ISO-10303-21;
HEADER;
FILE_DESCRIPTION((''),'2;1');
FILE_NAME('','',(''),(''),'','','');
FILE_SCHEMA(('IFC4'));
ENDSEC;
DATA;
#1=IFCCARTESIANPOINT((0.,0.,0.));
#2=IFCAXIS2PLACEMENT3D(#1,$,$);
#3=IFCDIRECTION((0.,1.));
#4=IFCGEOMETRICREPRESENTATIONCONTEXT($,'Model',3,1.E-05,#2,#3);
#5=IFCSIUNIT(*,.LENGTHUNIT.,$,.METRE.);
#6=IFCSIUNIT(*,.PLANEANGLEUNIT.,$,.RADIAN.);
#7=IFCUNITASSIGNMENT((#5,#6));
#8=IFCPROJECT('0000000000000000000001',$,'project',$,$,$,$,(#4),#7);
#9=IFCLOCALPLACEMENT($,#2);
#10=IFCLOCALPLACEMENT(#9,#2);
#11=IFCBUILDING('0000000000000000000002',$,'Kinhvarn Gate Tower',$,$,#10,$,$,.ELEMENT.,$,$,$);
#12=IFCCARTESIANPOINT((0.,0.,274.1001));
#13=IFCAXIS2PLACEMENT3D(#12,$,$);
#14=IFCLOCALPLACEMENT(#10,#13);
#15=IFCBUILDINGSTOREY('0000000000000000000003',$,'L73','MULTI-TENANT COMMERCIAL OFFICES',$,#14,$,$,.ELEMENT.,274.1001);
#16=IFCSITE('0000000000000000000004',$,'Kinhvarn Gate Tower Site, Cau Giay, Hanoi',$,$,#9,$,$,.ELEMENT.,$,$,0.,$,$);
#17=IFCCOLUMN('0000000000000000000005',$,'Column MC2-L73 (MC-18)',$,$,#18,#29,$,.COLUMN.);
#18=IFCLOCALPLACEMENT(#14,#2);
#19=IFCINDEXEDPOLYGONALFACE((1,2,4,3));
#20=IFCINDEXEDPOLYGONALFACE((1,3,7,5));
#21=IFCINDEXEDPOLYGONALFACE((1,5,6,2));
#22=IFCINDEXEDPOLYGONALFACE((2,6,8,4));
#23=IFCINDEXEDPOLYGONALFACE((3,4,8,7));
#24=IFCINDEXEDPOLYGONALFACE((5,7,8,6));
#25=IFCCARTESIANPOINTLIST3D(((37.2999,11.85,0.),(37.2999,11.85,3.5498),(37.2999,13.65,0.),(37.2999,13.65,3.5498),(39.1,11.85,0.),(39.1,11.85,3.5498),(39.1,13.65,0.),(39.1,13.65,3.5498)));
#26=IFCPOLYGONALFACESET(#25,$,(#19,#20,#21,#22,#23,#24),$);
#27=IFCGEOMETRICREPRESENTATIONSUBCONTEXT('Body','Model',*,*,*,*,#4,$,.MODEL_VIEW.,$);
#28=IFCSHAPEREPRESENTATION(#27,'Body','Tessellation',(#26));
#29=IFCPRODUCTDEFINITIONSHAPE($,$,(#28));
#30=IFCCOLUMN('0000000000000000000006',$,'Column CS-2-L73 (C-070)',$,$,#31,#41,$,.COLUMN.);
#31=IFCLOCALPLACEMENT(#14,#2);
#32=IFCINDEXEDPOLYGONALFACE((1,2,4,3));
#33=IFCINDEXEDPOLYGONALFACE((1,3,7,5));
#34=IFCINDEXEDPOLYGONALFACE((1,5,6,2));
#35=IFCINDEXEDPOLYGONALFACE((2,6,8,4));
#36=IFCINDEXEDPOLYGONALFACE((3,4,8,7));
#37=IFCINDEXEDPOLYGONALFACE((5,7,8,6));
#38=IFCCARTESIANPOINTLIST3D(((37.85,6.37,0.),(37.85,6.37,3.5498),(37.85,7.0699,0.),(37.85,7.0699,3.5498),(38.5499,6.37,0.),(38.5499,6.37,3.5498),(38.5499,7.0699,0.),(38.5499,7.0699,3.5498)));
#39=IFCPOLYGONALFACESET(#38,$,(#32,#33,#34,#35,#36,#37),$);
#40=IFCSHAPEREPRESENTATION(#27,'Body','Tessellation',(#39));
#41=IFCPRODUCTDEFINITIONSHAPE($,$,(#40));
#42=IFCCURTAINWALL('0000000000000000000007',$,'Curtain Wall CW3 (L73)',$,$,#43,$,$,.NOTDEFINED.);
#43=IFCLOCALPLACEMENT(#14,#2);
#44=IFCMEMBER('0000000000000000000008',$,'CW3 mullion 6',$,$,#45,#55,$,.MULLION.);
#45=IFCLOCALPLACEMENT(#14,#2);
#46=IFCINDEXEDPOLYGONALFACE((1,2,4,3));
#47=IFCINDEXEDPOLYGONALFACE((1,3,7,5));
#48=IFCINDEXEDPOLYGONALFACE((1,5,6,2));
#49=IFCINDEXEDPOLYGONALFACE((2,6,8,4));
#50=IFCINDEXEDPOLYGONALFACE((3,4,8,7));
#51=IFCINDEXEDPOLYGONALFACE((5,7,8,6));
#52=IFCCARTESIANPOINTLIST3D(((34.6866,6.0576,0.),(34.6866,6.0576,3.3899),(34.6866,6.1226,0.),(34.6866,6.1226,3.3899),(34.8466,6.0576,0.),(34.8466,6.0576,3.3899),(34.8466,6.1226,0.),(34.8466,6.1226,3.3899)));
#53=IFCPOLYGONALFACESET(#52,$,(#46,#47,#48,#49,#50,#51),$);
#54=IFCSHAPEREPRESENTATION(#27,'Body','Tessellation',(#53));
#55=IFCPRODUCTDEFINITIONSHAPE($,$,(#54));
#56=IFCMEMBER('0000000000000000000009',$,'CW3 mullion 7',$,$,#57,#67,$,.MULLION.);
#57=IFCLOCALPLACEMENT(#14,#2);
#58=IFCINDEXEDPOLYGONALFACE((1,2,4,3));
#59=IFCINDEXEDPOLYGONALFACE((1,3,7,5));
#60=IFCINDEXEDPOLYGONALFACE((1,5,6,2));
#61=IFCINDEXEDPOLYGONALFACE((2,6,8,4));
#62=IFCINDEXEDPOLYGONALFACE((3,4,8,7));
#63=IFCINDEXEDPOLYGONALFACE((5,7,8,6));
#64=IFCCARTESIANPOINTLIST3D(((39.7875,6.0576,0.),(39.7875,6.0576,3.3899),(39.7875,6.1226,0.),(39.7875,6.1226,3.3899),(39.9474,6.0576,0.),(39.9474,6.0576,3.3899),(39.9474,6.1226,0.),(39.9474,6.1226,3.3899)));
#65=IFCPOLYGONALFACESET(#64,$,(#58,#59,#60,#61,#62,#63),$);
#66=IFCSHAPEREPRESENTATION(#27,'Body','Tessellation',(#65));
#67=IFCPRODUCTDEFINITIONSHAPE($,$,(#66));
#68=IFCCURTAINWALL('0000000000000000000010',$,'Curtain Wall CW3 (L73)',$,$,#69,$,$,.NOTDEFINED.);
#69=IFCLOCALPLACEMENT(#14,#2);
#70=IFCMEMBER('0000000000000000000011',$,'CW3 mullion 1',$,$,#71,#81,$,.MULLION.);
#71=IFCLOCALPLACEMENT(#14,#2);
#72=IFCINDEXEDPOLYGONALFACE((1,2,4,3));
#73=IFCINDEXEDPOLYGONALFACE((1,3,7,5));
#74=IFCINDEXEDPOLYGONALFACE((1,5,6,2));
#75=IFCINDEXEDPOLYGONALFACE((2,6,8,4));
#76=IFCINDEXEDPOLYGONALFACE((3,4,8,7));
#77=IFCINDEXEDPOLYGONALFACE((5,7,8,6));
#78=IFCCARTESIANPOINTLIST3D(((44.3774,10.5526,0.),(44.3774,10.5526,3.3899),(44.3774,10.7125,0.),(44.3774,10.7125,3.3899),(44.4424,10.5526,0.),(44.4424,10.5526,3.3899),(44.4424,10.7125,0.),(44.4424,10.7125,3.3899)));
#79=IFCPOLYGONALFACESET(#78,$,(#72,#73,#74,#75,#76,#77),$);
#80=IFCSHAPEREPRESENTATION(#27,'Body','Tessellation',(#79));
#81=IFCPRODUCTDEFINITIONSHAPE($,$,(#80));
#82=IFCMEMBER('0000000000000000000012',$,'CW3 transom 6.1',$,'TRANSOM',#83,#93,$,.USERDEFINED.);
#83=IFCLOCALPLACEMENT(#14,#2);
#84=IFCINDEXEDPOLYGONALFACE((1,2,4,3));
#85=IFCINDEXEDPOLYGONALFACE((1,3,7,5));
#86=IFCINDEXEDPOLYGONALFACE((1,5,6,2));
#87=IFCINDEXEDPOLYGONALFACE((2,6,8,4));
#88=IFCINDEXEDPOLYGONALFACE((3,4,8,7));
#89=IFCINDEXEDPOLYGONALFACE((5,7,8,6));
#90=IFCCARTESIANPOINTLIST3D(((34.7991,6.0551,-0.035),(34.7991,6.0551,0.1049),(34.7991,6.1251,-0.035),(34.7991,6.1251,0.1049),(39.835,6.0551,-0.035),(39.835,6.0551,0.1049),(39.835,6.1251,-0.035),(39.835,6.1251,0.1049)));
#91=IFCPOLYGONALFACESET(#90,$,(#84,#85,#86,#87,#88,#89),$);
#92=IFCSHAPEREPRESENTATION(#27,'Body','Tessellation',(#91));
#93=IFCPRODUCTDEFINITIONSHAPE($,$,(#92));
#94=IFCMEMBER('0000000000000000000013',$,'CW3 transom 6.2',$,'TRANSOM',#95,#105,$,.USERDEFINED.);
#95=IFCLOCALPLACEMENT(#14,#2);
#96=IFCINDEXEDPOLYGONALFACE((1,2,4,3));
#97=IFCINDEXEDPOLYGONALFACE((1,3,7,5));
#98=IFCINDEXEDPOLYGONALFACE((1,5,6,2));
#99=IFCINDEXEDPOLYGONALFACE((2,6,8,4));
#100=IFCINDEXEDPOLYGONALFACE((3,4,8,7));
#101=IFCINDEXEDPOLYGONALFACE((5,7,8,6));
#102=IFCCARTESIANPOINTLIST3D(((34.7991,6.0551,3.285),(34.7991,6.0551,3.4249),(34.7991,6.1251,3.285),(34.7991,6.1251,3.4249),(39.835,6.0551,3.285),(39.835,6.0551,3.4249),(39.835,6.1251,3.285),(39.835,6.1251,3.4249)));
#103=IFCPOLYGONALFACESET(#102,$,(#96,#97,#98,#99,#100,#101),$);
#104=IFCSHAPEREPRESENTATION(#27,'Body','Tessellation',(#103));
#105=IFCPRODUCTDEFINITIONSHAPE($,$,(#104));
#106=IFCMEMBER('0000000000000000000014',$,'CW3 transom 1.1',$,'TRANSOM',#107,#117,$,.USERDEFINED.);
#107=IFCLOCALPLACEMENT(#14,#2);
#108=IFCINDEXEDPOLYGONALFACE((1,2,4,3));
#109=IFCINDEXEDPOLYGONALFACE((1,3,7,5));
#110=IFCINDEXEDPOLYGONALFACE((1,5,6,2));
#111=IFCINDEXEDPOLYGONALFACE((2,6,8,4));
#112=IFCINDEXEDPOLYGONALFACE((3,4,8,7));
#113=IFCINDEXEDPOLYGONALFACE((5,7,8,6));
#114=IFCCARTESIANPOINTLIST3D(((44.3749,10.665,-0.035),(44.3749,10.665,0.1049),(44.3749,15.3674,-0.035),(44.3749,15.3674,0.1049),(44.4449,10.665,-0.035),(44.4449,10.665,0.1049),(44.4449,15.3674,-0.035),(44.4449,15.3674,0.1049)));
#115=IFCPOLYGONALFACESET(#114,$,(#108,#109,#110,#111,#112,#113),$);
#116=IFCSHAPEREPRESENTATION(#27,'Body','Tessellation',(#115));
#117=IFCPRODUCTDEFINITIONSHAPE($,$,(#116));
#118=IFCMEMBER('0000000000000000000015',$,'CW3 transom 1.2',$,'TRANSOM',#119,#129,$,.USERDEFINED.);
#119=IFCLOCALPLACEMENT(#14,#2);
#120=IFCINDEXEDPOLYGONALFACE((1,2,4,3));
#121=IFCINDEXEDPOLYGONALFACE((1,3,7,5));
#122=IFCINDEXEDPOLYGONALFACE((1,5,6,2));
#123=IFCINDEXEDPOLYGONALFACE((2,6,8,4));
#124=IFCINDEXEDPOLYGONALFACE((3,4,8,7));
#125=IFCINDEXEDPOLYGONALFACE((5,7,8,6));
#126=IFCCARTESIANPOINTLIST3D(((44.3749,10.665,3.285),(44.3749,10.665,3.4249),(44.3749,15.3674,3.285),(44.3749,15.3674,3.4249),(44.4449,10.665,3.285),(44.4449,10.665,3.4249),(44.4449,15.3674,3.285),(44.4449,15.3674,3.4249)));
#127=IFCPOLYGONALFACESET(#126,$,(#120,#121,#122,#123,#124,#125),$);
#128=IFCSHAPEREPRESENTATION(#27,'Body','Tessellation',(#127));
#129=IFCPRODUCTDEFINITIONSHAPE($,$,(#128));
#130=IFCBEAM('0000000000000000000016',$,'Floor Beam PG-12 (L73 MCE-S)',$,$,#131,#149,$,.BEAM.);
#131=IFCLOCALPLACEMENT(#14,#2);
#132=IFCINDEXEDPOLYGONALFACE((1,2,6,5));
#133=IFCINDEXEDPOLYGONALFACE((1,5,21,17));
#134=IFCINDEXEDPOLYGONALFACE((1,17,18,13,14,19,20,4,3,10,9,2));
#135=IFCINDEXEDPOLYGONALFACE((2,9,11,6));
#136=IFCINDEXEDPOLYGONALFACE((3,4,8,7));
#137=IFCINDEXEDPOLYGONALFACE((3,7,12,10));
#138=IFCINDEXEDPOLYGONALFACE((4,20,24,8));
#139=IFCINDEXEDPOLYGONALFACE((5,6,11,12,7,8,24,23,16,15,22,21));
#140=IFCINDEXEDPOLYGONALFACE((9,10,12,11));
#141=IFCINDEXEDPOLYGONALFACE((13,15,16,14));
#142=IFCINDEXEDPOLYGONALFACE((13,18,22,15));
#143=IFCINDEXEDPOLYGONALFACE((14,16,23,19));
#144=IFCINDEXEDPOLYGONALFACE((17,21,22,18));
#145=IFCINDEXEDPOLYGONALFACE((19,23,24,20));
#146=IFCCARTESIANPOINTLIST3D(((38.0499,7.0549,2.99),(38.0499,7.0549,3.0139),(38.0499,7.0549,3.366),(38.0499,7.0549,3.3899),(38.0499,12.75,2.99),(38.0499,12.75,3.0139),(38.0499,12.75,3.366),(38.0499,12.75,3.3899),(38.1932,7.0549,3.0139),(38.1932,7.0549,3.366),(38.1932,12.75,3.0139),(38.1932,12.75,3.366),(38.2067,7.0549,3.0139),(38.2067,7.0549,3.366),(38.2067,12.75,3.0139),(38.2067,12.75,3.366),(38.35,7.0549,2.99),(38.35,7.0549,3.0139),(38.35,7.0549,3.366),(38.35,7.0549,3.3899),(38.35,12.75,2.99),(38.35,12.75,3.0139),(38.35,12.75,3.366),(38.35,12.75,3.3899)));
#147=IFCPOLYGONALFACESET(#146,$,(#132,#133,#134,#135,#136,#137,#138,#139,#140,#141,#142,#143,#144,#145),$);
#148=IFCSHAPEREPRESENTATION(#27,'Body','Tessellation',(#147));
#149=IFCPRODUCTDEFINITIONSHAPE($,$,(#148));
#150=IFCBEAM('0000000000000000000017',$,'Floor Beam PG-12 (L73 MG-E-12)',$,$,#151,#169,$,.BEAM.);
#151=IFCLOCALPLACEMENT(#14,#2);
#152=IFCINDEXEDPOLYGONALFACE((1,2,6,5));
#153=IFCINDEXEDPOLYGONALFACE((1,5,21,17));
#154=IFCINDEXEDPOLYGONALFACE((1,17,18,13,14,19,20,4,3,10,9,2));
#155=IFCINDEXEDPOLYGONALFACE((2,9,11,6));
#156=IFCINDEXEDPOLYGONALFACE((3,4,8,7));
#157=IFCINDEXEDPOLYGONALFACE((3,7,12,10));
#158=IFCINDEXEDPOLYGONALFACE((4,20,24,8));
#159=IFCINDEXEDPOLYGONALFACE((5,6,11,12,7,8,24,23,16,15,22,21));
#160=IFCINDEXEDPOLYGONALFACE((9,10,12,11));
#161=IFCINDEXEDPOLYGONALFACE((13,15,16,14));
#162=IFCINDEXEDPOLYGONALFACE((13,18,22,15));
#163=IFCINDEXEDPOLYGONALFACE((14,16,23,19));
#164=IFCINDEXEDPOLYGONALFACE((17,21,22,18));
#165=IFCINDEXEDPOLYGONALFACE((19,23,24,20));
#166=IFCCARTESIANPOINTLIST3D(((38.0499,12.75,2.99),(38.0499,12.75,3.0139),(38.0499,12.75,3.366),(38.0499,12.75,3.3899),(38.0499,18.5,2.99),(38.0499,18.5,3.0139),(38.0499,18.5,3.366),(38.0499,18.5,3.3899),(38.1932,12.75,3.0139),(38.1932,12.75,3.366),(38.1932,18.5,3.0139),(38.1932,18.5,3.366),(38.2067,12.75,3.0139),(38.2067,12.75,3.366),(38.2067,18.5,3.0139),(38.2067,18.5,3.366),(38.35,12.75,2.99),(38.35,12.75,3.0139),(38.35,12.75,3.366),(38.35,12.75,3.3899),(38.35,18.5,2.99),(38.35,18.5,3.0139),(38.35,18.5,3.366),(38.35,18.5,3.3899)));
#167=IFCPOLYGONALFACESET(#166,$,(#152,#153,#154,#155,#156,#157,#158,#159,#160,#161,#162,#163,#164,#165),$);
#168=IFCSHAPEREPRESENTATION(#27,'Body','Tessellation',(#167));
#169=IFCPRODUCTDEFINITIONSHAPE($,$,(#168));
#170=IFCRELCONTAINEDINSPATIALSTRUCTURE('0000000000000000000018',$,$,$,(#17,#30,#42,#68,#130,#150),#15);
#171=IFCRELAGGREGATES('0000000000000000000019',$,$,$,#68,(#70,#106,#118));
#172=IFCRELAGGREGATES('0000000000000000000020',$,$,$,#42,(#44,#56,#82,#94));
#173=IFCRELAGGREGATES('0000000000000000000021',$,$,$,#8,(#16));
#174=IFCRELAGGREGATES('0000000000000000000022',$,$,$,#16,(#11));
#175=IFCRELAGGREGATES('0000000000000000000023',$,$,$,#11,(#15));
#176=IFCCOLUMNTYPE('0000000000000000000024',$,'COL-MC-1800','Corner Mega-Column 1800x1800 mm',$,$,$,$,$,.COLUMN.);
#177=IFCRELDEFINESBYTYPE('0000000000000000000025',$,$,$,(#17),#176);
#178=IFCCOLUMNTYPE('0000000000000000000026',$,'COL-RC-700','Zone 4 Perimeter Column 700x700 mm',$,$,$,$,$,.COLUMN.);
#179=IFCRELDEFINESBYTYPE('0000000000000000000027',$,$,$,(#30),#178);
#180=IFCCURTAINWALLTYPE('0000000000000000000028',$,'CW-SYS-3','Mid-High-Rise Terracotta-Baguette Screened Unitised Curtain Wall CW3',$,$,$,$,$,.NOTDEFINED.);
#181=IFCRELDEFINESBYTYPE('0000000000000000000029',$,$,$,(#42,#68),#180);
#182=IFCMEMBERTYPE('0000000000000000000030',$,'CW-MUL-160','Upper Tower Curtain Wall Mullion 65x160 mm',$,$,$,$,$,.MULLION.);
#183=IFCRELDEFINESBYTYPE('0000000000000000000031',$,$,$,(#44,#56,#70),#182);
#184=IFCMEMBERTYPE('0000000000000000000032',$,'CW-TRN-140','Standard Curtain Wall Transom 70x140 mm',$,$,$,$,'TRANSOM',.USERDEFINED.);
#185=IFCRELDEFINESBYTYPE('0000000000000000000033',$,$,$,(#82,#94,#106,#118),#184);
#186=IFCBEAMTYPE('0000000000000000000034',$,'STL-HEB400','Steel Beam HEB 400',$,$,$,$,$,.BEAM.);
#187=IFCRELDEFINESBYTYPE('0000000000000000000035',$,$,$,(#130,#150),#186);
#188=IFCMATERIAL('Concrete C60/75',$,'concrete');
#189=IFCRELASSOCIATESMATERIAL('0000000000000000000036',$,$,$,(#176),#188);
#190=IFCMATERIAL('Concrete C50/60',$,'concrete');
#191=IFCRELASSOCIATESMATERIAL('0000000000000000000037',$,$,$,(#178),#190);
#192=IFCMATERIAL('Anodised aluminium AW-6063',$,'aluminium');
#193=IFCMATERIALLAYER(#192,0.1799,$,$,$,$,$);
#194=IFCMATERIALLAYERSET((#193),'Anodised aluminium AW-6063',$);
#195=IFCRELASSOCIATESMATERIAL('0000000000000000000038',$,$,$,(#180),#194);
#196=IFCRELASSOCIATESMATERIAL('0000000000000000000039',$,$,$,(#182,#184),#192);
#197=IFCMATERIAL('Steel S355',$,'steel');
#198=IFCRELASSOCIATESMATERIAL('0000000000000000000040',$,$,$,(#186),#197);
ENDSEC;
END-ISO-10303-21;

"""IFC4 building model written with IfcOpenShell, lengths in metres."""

from ifc_helpers import new_model, si_unit, direction, frame, origin, origin_2d, place, context, subcontext, project, spatial, rectangle, i_section, extrude, material, layer, layer_set, material_profile, profile_set, type_object, element, aggregate, save


model = new_model("IFC4")

# Units and contexts
model_context = context("Model", 3, precision=1e-05, world=origin(), true_north=direction((0.0, 1.0)))
body_context = subcontext(model_context, "Body", "Model", "MODEL_VIEW")
ifc_project = project(units=[si_unit("LENGTHUNIT", "METRE"), si_unit("PLANEANGLEUNIT", "RADIAN")], contexts=[model_context])

# Site, building, storey
site_placement = place(None, origin())
site = spatial("IfcSite", under=ifc_project, at=site_placement, Name="Kinhvarn Gate Tower Site, Cau Giay, Hanoi", CompositionType="ELEMENT", RefElevation=0.0)
building_placement = place(site_placement, origin())
building = spatial("IfcBuilding", under=site, at=building_placement, Name="Kinhvarn Gate Tower", CompositionType="ELEMENT")
storey_placement = place(building_placement, frame((0.0, 0.0, 274.1001)))
storey = spatial("IfcBuildingStorey", under=building, at=storey_placement, Name="L73", Description="MULTI-TENANT COMMERCIAL OFFICES", CompositionType="ELEMENT", Elevation=274.1001)

# Columns
ifc_material_1 = material(Name="Concrete C60/75", Category="concrete")
ifc_material_profile_1 = material_profile(ifc_material_1, rectangle(XDim=1.8, YDim=1.8, at=origin_2d()), Name="RC 1800x1800")
ifc_profile_set_1 = profile_set([ifc_material_profile_1], Name="Concrete C60/75")
column_type_1 = type_object("IfcColumnType", Name="COL-MC-1800", Description="Corner Mega-Column 1800x1800 mm", PredefinedType="COLUMN", material=ifc_profile_set_1)
column_1_placement = place(storey_placement, frame((38.2, 12.75, 0.0), z_axis=(0.0, 0.0, 1.0), x_axis=(1.0, 0.0, 0.0)))
element("IfcColumn", 1, at=column_1_placement, inside=storey, type_object=column_type_1, Name="Column MC2-L73 (MC-18)", PredefinedType="COLUMN", context=body_context, shape_type="SweptSolid", body=[
    extrude(rectangle(XDim=1.8, YDim=1.8, at=origin_2d()), origin(), (0.0, 0.0, 1.0), 3.5498),
])
ifc_material_2 = material(Name="Concrete C50/60", Category="concrete")
ifc_material_profile_2 = material_profile(ifc_material_2, rectangle(XDim=0.7, YDim=0.7, at=origin_2d()), Name="RC 700x700")
ifc_profile_set_2 = profile_set([ifc_material_profile_2], Name="Concrete C50/60")
column_type_2 = type_object("IfcColumnType", Name="COL-RC-700", Description="Zone 4 Perimeter Column 700x700 mm", PredefinedType="COLUMN", material=ifc_profile_set_2)
column_2_placement = place(storey_placement, frame((38.2, 6.72, 0.0), z_axis=(0.0, 0.0, 1.0), x_axis=(1.0, 0.0, 0.0)))
element("IfcColumn", 2, at=column_2_placement, inside=storey, type_object=column_type_2, Name="Column CS-2-L73 (C-070)", PredefinedType="COLUMN", context=body_context, shape_type="SweptSolid", body=[
    extrude(rectangle(XDim=0.7, YDim=0.7, at=origin_2d()), origin(), (0.0, 0.0, 1.0), 3.5498),
])

# Curtain wall, members
ifc_material_3 = material(Name="Anodised aluminium AW-6063", Category="aluminium")
ifc_layer_1 = layer(ifc_material_3, 0.1799)
ifc_layer_set_1 = layer_set([ifc_layer_1], Name="Anodised aluminium AW-6063")
curtain_wall_type = type_object("IfcCurtainWallType", Name="CW-SYS-3", Description="Mid-High-Rise Terracotta-Baguette Screened Unitised Curtain Wall CW3", PredefinedType="NOTDEFINED", material=ifc_layer_set_1)
curtain_wall_1_placement = place(storey_placement, origin())
curtain_wall_1 = element("IfcCurtainWall", 3, at=curtain_wall_1_placement, inside=storey, type_object=curtain_wall_type, Name="Curtain Wall CW3 (L73)", PredefinedType="NOTDEFINED")
ifc_material_profile_3 = material_profile(ifc_material_3, rectangle(XDim=0.0649, YDim=0.1599, at=origin_2d()), Name="ALU 65x160")
ifc_profile_set_3 = profile_set([ifc_material_profile_3], Name="Anodised aluminium AW-6063")
member_type_1 = type_object("IfcMemberType", Name="CW-MUL-160", Description="Upper Tower Curtain Wall Mullion 65x160 mm", PredefinedType="MULLION", material=ifc_profile_set_3)
member_1_placement = place(storey_placement, frame((34.7666, 6.0901, 0.0), z_axis=(0.0, 0.0, 1.0), x_axis=(0.0, 1.0, 0.0)))
member_1 = element("IfcMember", 4, at=member_1_placement, type_object=member_type_1, Name="CW3 mullion 6", PredefinedType="MULLION", context=body_context, shape_type="SweptSolid", body=[
    extrude(rectangle(XDim=0.0649, YDim=0.1599, at=origin_2d()), origin(), (0.0, 0.0, 1.0), 3.3899),
])
member_2_placement = place(storey_placement, frame((39.8674, 6.0901, 0.0), z_axis=(0.0, 0.0, 1.0), x_axis=(0.0, 1.0, 0.0)))
member_2 = element("IfcMember", 5, at=member_2_placement, type_object=member_type_1, Name="CW3 mullion 7", PredefinedType="MULLION", context=body_context, shape_type="SweptSolid", body=[
    extrude(rectangle(XDim=0.0649, YDim=0.1599, at=origin_2d()), origin(), (0.0, 0.0, 1.0), 3.3899),
])

# Curtain wall, member
curtain_wall_2_placement = place(storey_placement, origin())
curtain_wall_2 = element("IfcCurtainWall", 6, at=curtain_wall_2_placement, inside=storey, type_object=curtain_wall_type, Name="Curtain Wall CW3 (L73)", PredefinedType="NOTDEFINED")
member_3_placement = place(storey_placement, frame((44.4099, 10.6326, 0.0), z_axis=(0.0, 0.0, 1.0), x_axis=(-1.0, 0.0, 0.0)))
member_3 = element("IfcMember", 7, at=member_3_placement, type_object=member_type_1, Name="CW3 mullion 1", PredefinedType="MULLION", context=body_context, shape_type="SweptSolid", body=[
    extrude(rectangle(XDim=0.0649, YDim=0.1599, at=origin_2d()), origin(), (0.0, 0.0, 1.0), 3.3899),
])

# Members
ifc_material_profile_4 = material_profile(ifc_material_3, rectangle(XDim=0.0701, YDim=0.1399, at=origin_2d()), Name="ALU 70x140")
ifc_profile_set_4 = profile_set([ifc_material_profile_4], Name="Anodised aluminium AW-6063")
member_type_2 = type_object("IfcMemberType", Name="CW-TRN-140", Description="Standard Curtain Wall Transom 70x140 mm", ElementType="TRANSOM", PredefinedType="USERDEFINED", material=ifc_profile_set_4)
member_4_placement = place(storey_placement, frame((34.7991, 6.0901, 0.0349), z_axis=(1.0, 0.0, 0.0), x_axis=(0.0, 1.0, 0.0)))
member_4 = element("IfcMember", 8, at=member_4_placement, type_object=member_type_2, Name="CW3 transom 6.1", ObjectType="TRANSOM", PredefinedType="USERDEFINED", context=body_context, shape_type="SweptSolid", body=[
    extrude(rectangle(XDim=0.0701, YDim=0.1399, at=origin_2d()), origin(), (0.0, 0.0, 1.0), 5.0359),
])
member_5_placement = place(storey_placement, frame((34.7991, 6.0901, 3.355), z_axis=(1.0, 0.0, 0.0), x_axis=(0.0, 1.0, 0.0)))
member_5 = element("IfcMember", 9, at=member_5_placement, type_object=member_type_2, Name="CW3 transom 6.2", ObjectType="TRANSOM", PredefinedType="USERDEFINED", context=body_context, shape_type="SweptSolid", body=[
    extrude(rectangle(XDim=0.0701, YDim=0.1399, at=origin_2d()), origin(), (0.0, 0.0, 1.0), 5.0359),
])
member_6_placement = place(storey_placement, frame((44.4099, 10.665, 0.0349), z_axis=(0.0, 1.0, 0.0), x_axis=(-1.0, 0.0, 0.0)))
member_6 = element("IfcMember", 10, at=member_6_placement, type_object=member_type_2, Name="CW3 transom 1.1", ObjectType="TRANSOM", PredefinedType="USERDEFINED", context=body_context, shape_type="SweptSolid", body=[
    extrude(rectangle(XDim=0.0701, YDim=0.1399, at=origin_2d()), origin(), (0.0, 0.0, 1.0), 4.7024),
])
member_7_placement = place(storey_placement, frame((44.4099, 10.665, 3.355), z_axis=(0.0, 1.0, 0.0), x_axis=(-1.0, 0.0, 0.0)))
member_7 = element("IfcMember", 11, at=member_7_placement, type_object=member_type_2, Name="CW3 transom 1.2", ObjectType="TRANSOM", PredefinedType="USERDEFINED", context=body_context, shape_type="SweptSolid", body=[
    extrude(rectangle(XDim=0.0701, YDim=0.1399, at=origin_2d()), origin(), (0.0, 0.0, 1.0), 4.7024),
])
aggregate(curtain_wall_2, [member_3, member_6, member_7])

# Beams
ifc_material_4 = material(Name="Steel S355", Category="steel")
ifc_material_profile_5 = material_profile(ifc_material_4, i_section(OverallWidth=0.3, OverallDepth=0.3999, WebThickness=0.0134, FlangeThickness=0.0239, at=origin_2d()), Name="HEB 400")
ifc_profile_set_5 = profile_set([ifc_material_profile_5], Name="Steel S355")
beam_type_1 = type_object("IfcBeamType", Name="STL-HEB400", Description="Steel Beam HEB 400", PredefinedType="BEAM", material=ifc_profile_set_5)
beam_1_placement = place(storey_placement, frame((38.2, 7.0549, 3.1899), z_axis=(0.0, 1.0, 0.0), x_axis=(-1.0, 0.0, 0.0)))
element("IfcBeam", 12, at=beam_1_placement, inside=storey, type_object=beam_type_1, Name="Floor Beam PG-12 (L73 MCE-S)", PredefinedType="BEAM", context=body_context, shape_type="SweptSolid", body=[
    extrude(i_section(OverallWidth=0.3, OverallDepth=0.3999, WebThickness=0.0134, FlangeThickness=0.0239, at=origin_2d()), origin(), (0.0, 0.0, 1.0), 5.6951),
])
beam_2_placement = place(storey_placement, frame((38.2, 12.75, 3.1899), z_axis=(0.0, 1.0, 0.0), x_axis=(-1.0, 0.0, 0.0)))
element("IfcBeam", 13, at=beam_2_placement, inside=storey, type_object=beam_type_1, Name="Floor Beam PG-12 (L73 MG-E-12)", PredefinedType="BEAM", context=body_context, shape_type="SweptSolid", body=[
    extrude(i_section(OverallWidth=0.3, OverallDepth=0.3999, WebThickness=0.0134, FlangeThickness=0.0239, at=origin_2d()), origin(), (0.0, 0.0, 1.0), 5.75),
])

aggregate(curtain_wall_1, [member_1, member_2, member_4, member_5])

save(model, "model.ifc")
